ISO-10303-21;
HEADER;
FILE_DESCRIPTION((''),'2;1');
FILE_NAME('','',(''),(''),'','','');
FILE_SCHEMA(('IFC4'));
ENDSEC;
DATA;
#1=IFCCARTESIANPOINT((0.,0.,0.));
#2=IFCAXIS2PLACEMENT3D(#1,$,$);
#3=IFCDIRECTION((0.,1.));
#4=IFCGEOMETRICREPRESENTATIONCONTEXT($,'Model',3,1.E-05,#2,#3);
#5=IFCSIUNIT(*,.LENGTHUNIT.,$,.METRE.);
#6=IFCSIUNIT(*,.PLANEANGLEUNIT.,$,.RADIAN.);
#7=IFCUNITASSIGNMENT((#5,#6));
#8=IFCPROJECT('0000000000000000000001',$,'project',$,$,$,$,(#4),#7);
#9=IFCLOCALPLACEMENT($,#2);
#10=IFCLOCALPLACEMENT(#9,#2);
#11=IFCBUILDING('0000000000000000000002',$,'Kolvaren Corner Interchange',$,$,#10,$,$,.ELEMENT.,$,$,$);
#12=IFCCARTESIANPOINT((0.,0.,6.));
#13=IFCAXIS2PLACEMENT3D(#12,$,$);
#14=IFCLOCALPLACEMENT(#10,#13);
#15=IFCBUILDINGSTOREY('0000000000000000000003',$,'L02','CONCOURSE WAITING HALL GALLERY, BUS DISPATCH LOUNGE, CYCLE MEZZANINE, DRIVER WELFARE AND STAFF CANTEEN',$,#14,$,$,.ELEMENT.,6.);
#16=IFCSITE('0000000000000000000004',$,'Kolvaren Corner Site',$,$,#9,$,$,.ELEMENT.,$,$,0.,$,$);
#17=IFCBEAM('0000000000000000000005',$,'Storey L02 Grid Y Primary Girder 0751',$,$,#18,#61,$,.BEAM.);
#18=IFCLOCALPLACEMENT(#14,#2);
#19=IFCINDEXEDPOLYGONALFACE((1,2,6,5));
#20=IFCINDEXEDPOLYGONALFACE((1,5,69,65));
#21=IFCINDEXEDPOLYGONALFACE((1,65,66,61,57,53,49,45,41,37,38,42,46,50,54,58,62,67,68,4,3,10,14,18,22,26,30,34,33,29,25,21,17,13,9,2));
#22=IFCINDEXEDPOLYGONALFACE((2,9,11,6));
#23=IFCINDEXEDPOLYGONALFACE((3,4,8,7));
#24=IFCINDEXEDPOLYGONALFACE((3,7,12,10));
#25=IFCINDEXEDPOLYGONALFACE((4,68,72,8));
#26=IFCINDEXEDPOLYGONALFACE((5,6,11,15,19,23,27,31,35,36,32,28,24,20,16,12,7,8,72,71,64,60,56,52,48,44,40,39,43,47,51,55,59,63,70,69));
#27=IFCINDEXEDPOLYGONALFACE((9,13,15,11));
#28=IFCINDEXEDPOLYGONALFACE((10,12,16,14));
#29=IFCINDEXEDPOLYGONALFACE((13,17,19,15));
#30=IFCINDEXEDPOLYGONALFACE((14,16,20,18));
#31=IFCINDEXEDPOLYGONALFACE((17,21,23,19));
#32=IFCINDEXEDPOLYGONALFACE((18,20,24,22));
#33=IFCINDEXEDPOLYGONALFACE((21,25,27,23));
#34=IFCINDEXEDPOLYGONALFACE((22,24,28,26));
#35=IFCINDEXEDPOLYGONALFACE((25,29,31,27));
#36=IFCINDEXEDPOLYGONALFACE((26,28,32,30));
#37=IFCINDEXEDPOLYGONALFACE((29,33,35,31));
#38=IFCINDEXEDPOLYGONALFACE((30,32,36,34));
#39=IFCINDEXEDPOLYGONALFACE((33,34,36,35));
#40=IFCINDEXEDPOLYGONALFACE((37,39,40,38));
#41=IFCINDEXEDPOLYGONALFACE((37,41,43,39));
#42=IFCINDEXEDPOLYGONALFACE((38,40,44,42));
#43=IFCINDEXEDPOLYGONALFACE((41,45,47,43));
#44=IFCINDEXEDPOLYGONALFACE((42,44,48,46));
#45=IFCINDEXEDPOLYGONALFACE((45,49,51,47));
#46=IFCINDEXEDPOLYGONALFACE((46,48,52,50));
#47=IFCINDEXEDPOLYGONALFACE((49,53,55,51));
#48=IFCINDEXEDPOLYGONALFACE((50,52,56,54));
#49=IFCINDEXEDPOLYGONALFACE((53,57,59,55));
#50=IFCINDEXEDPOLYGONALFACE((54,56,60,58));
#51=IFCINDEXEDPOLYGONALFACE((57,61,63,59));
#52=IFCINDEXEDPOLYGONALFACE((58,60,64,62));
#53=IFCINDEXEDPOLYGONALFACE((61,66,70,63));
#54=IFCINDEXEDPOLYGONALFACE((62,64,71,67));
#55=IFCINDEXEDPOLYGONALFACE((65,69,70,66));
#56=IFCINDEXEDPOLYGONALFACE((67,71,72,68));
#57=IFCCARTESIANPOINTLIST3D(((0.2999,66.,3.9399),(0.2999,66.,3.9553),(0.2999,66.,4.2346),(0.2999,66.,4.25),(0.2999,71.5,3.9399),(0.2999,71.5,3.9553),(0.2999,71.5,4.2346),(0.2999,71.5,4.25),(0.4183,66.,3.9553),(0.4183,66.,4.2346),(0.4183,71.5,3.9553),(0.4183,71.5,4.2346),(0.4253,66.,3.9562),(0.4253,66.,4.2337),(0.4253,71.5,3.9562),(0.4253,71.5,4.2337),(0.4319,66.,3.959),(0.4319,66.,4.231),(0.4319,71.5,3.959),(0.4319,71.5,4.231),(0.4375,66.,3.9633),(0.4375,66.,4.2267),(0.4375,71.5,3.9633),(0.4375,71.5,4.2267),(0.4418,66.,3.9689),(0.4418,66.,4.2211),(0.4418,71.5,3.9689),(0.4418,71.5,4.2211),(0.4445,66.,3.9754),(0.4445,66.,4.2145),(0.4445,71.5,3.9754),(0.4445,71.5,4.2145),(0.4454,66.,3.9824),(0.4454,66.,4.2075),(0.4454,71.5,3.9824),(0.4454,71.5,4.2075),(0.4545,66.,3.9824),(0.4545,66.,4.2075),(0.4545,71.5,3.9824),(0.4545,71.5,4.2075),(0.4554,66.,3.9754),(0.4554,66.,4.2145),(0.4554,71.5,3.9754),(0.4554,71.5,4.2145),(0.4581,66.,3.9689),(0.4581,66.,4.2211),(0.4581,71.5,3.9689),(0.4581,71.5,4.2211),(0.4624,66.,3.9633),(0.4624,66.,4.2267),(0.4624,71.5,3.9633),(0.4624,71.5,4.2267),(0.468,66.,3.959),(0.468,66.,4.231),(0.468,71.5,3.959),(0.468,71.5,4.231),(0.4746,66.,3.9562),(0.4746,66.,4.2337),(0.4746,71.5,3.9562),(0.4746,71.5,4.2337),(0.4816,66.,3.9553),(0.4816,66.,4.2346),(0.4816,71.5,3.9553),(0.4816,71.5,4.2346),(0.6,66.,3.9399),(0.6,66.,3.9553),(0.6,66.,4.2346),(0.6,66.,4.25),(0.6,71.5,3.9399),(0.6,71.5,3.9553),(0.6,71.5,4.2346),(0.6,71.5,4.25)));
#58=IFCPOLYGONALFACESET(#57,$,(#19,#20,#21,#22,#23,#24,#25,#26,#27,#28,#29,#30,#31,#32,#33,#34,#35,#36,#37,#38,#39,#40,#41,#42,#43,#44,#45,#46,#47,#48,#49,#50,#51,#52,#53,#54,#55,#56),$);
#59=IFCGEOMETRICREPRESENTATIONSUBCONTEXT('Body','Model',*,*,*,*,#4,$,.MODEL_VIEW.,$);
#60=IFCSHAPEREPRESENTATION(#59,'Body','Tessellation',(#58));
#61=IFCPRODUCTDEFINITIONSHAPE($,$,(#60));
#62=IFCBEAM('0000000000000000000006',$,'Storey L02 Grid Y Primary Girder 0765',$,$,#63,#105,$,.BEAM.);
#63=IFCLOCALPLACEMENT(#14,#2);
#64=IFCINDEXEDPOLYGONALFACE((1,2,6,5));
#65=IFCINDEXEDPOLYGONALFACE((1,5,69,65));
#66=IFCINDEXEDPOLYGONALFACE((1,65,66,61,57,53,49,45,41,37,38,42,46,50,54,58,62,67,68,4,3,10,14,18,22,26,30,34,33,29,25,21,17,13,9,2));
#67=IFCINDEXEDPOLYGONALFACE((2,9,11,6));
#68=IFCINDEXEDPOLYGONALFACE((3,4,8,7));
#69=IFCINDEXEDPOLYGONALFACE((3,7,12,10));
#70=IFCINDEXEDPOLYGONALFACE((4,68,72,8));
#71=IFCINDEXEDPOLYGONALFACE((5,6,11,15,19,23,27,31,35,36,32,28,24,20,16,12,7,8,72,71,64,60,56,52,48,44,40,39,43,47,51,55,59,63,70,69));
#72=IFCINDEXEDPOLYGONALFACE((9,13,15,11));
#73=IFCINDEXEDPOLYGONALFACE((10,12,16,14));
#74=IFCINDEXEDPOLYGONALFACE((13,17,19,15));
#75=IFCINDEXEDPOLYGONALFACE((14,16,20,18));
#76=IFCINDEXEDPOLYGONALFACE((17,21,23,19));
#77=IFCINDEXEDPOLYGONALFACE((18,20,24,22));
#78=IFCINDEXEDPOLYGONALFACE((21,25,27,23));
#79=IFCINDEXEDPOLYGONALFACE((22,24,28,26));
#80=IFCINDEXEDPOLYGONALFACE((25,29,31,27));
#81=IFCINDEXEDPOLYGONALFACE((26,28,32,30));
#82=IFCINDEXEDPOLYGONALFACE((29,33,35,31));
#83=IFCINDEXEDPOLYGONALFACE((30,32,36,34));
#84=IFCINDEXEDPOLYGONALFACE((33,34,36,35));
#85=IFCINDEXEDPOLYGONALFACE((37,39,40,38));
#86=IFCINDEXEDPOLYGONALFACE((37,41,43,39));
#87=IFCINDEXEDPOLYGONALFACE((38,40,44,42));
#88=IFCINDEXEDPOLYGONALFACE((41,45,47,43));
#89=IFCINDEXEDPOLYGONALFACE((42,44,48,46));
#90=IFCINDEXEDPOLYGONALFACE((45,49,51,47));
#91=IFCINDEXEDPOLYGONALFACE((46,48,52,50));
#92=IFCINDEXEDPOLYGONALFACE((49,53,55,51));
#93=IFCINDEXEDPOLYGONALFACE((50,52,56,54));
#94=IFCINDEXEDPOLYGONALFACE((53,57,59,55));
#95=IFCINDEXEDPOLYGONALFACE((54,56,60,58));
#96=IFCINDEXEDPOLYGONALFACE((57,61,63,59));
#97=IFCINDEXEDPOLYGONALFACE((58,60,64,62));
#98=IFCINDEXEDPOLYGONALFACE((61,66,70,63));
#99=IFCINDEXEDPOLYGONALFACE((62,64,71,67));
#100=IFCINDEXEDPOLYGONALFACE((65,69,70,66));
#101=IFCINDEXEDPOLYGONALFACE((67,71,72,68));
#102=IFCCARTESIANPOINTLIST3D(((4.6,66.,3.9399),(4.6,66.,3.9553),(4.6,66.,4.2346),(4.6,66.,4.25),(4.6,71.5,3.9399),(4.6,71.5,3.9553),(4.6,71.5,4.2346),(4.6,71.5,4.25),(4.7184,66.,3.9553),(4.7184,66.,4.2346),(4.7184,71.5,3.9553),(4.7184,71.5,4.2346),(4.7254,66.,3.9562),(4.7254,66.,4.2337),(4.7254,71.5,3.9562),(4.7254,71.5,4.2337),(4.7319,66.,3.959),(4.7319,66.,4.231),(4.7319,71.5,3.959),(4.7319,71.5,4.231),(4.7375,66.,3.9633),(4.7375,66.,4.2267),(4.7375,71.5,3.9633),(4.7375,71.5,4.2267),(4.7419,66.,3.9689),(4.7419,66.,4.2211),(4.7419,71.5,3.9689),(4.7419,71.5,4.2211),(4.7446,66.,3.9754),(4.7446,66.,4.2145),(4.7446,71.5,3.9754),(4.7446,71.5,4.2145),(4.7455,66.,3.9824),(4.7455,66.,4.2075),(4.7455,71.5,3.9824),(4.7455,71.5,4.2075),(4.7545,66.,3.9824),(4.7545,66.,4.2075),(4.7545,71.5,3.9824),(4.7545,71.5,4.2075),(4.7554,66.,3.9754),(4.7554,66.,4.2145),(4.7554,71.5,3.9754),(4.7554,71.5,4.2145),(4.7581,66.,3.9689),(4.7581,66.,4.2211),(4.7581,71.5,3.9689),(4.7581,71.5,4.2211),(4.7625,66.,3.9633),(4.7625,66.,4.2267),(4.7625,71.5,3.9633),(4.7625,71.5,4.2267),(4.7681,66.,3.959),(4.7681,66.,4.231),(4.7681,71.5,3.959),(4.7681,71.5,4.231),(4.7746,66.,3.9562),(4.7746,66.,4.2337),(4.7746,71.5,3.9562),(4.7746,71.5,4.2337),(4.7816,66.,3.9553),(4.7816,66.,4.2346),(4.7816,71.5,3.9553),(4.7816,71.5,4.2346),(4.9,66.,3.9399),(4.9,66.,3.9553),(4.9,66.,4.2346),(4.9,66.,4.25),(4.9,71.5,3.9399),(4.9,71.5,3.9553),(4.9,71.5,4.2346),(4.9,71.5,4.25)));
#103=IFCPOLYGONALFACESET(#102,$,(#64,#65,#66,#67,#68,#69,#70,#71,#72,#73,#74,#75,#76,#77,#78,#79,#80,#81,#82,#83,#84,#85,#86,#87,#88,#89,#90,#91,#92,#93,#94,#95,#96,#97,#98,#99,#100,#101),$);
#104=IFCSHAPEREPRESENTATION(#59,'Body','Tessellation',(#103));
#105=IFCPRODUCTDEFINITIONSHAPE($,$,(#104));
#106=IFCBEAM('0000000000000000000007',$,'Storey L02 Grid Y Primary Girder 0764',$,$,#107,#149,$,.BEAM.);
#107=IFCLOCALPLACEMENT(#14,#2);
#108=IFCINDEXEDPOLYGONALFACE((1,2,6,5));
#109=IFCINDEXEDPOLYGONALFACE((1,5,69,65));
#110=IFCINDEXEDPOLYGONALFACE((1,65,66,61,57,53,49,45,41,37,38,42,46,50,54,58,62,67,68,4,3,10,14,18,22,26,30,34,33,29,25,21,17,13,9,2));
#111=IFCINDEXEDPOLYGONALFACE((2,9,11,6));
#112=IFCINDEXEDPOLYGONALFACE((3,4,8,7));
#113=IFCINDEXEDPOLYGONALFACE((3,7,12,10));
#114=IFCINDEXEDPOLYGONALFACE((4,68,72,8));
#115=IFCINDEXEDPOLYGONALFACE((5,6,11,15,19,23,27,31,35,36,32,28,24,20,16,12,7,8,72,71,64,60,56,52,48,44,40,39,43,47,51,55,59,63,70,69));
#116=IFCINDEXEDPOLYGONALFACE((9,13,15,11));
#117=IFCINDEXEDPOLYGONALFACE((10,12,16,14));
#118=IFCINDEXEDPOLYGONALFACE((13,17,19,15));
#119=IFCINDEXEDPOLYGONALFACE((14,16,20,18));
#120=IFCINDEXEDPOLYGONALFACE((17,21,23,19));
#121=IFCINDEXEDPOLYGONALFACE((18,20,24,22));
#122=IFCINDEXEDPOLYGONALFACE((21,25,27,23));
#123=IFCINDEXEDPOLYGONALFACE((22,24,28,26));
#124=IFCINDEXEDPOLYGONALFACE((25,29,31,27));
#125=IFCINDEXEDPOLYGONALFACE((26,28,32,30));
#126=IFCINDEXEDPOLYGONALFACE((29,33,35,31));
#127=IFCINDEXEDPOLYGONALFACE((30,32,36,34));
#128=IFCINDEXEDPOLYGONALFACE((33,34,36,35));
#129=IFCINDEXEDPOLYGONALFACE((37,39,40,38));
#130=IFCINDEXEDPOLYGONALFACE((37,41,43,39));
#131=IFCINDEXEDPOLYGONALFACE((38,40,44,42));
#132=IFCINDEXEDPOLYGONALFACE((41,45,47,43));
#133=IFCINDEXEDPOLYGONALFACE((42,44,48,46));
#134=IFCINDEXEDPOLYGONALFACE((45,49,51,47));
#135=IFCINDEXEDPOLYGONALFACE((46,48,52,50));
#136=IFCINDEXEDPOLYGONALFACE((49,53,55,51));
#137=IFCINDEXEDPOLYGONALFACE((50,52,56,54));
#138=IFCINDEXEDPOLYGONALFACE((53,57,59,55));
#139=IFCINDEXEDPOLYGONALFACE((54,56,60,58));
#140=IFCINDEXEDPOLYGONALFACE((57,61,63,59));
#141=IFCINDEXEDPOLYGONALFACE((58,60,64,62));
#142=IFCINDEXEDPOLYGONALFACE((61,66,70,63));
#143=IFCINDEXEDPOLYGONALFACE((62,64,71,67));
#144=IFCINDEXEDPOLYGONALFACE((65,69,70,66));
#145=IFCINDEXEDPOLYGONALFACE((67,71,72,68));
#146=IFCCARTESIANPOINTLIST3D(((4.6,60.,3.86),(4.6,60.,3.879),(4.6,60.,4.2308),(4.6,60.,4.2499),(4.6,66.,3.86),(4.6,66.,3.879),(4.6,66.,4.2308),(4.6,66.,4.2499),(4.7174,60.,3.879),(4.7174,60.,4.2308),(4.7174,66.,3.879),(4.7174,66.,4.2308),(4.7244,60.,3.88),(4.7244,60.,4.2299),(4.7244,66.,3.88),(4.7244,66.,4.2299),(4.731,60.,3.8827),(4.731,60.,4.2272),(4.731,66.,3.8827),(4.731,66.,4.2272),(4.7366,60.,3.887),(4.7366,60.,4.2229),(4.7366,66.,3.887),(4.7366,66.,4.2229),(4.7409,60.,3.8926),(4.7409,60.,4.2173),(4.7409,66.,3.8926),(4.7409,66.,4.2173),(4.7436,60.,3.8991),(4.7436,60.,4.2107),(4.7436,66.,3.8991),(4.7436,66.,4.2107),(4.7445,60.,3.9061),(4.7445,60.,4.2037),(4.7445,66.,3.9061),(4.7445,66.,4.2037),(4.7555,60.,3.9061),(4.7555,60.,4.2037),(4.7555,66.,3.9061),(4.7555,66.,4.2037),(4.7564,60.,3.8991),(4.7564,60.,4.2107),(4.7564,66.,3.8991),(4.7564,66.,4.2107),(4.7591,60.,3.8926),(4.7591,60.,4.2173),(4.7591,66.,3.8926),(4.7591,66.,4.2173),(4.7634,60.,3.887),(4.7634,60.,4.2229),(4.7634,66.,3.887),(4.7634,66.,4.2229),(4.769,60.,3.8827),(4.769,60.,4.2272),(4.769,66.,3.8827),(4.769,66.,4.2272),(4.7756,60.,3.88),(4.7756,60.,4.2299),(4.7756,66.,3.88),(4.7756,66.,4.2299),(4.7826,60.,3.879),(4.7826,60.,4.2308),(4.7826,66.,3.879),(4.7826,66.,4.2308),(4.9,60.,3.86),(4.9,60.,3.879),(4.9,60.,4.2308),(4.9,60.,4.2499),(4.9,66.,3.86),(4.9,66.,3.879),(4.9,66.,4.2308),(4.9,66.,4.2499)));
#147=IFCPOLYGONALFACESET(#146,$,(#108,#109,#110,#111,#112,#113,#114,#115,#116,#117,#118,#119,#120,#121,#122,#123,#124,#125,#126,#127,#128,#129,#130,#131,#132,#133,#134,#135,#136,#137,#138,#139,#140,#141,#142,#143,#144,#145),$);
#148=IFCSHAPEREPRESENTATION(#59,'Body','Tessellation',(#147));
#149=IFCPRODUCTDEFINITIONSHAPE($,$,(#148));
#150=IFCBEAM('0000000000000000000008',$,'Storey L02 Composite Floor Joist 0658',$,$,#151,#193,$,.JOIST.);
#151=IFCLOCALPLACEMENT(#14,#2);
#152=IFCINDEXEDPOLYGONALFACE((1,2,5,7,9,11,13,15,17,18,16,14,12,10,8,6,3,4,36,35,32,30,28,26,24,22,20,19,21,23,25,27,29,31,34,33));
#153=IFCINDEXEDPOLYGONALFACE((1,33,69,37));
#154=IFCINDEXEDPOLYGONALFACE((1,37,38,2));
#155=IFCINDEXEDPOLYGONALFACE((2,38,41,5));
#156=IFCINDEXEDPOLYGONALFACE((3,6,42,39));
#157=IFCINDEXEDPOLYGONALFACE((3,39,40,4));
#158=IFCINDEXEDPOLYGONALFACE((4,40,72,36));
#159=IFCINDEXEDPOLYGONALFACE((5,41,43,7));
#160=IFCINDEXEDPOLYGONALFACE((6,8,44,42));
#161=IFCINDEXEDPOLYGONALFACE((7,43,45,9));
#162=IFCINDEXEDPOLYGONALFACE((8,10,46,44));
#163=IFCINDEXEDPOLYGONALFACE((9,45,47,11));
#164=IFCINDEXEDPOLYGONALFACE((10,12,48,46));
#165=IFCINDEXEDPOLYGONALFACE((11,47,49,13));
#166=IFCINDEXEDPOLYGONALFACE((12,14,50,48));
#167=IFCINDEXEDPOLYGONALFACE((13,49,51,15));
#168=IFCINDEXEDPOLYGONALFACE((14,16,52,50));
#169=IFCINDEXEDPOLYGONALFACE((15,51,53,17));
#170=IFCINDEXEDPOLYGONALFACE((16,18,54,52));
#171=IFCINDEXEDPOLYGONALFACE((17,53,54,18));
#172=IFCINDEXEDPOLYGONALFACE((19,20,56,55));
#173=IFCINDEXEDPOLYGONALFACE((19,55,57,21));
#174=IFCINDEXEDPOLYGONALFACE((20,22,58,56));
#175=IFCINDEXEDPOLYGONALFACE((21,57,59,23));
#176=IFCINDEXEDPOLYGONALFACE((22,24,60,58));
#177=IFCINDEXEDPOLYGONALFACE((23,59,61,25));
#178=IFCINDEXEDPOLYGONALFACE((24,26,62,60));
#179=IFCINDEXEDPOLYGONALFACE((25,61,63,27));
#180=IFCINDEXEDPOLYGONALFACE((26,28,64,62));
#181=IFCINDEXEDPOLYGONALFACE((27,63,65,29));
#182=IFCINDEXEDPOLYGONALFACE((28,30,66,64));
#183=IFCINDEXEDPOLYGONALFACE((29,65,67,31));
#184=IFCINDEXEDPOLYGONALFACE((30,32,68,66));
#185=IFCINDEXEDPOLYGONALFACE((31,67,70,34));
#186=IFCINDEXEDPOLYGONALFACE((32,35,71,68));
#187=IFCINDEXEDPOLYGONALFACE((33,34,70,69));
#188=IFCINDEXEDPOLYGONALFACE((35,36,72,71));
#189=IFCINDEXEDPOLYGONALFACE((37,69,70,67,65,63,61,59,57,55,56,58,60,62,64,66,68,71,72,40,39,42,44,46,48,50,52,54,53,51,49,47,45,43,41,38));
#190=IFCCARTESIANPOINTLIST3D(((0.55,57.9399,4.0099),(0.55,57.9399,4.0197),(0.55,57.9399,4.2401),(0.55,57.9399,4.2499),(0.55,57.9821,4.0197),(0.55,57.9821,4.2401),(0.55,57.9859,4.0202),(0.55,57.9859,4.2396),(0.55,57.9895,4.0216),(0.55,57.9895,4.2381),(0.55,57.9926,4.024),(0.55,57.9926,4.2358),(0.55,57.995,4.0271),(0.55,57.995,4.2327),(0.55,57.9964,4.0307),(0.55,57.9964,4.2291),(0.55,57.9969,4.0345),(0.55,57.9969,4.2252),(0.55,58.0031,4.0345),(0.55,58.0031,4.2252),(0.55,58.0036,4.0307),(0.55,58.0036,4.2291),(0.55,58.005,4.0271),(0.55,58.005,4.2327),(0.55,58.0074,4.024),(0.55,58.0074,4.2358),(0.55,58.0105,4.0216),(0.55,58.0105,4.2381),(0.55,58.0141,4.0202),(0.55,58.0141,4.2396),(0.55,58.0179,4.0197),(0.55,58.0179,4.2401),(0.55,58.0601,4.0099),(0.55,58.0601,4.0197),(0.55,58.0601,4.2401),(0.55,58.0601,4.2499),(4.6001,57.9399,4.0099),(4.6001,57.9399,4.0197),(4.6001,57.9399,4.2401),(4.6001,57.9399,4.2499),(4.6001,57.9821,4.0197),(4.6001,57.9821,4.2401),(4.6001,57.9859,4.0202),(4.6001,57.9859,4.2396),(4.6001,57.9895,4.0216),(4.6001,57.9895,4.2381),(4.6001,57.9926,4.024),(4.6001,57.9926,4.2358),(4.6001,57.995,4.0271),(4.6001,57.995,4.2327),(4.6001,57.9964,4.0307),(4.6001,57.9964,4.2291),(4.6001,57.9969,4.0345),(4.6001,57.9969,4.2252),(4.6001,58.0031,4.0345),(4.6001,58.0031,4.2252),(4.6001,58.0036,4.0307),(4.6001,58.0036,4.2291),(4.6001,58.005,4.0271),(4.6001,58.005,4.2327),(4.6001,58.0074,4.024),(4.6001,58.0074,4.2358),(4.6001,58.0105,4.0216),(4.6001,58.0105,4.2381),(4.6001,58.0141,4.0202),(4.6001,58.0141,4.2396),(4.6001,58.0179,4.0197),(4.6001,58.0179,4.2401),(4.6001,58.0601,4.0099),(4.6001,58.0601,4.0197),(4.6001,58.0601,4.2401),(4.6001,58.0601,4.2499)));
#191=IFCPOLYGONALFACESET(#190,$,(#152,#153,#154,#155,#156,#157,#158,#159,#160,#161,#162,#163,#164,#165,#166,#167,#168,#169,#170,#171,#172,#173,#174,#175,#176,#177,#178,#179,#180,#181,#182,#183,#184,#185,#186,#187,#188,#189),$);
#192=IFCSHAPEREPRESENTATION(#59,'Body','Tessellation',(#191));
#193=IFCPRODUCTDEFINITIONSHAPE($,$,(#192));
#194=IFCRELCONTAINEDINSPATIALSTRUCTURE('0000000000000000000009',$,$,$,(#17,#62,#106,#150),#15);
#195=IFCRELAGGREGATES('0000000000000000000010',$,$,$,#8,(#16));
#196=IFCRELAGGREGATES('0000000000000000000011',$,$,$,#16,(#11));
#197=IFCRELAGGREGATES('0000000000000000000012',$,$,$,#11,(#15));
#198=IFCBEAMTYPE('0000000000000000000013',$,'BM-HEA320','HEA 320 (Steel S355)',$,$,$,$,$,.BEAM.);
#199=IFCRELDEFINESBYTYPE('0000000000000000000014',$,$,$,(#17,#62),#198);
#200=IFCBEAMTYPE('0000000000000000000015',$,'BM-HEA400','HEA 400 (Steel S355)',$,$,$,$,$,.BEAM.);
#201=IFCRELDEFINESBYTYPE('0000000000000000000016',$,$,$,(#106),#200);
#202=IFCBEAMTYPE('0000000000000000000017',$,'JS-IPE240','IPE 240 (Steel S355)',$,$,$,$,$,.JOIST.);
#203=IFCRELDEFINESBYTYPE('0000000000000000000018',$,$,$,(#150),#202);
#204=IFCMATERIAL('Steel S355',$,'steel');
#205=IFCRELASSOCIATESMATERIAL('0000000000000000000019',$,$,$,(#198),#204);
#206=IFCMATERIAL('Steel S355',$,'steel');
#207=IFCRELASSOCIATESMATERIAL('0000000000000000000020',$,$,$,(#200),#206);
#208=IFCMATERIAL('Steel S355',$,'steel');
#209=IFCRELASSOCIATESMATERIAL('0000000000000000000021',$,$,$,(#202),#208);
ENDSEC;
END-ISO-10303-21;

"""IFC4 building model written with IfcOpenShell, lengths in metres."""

from ifc_helpers import new_model, si_unit, direction, frame, origin, origin_2d, place, context, subcontext, project, spatial, i_section, extrude, material, material_profile, profile_set, type_object, element, save


model = new_model("IFC4")

# Units and contexts
model_context = context("Model", 3, precision=1e-05, world=origin(), true_north=direction((0.0, 1.0)))
body_context = subcontext(model_context, "Body", "Model", "MODEL_VIEW")
ifc_project = project(units=[si_unit("LENGTHUNIT", "METRE"), si_unit("PLANEANGLEUNIT", "RADIAN")], contexts=[model_context])

# Site, building, storey
site_placement = place(None, origin())
site = spatial("IfcSite", under=ifc_project, at=site_placement, Name="Kolvaren Corner Site", CompositionType="ELEMENT", RefElevation=0.0)
building_placement = place(site_placement, origin())
building = spatial("IfcBuilding", under=site, at=building_placement, Name="Kolvaren Corner Interchange", CompositionType="ELEMENT")
storey_placement = place(building_placement, frame((0.0, 0.0, 6.0)))
storey = spatial("IfcBuildingStorey", under=building, at=storey_placement, Name="L02", Description="CONCOURSE WAITING HALL GALLERY, BUS DISPATCH LOUNGE, CYCLE MEZZANINE, DRIVER WELFARE AND STAFF CANTEEN", CompositionType="ELEMENT", Elevation=6.0)

# Beams
ifc_material_1 = material(Name="Steel S355", Category="steel")
ifc_material_profile_1 = material_profile(ifc_material_1, i_section(OverallWidth=0.3, OverallDepth=0.3101, WebThickness=0.009, FlangeThickness=0.0154, FilletRadius=0.0271, at=origin_2d()), Name="HEA 320")
ifc_profile_set_1 = profile_set([ifc_material_profile_1], Name="Steel S355")
beam_type_1 = type_object("IfcBeamType", Name="BM-HEA320", Description="HEA 320 (Steel S355)", PredefinedType="BEAM", material=ifc_profile_set_1)
for number, where, z_axis, x_axis, name in (
    (1, (0.45, 66.0, 4.095), (0.0, 1.0, 0.0), (-1.0, 0.0, 0.0), "Storey L02 Grid Y Primary Girder 0751"),
    (2, (4.75, 66.0, 4.095), (0.0, 1.0, 0.0), (-1.0, 0.0, 0.0), "Storey L02 Grid Y Primary Girder 0765"),
):
    element("IfcBeam", number, at=place(storey_placement, frame(where, z_axis=z_axis, x_axis=x_axis)), inside=storey, type_object=beam_type_1, Name=name, PredefinedType="BEAM", context=body_context, shape_type="SweptSolid", body=[
        extrude(i_section(OverallWidth=0.3, OverallDepth=0.3101, WebThickness=0.009, FlangeThickness=0.0154, FilletRadius=0.0271, at=origin_2d()), origin(), (0.0, 0.0, 1.0), 5.5),
    ])
ifc_material_2 = material(Name="Steel S355", Category="steel")
ifc_material_profile_2 = material_profile(ifc_material_2, i_section(OverallWidth=0.3, OverallDepth=0.3899, WebThickness=0.011, FlangeThickness=0.019, FilletRadius=0.0271, at=origin_2d()), Name="HEA 400")
ifc_profile_set_2 = profile_set([ifc_material_profile_2], Name="Steel S355")
beam_type_2 = type_object("IfcBeamType", Name="BM-HEA400", Description="HEA 400 (Steel S355)", PredefinedType="BEAM", material=ifc_profile_set_2)
beam_placement = place(storey_placement, frame((4.75, 60.0, 4.0549), z_axis=(0.0, 1.0, 0.0), x_axis=(-1.0, 0.0, 0.0)))
element("IfcBeam", 3, at=beam_placement, inside=storey, type_object=beam_type_2, Name="Storey L02 Grid Y Primary Girder 0764", PredefinedType="BEAM", context=body_context, shape_type="SweptSolid", body=[
    extrude(i_section(OverallWidth=0.3, OverallDepth=0.3899, WebThickness=0.011, FlangeThickness=0.019, FilletRadius=0.0271, at=origin_2d()), origin(), (0.0, 0.0, 1.0), 6.0),
])
ifc_material_3 = material(Name="Steel S355", Category="steel")
ifc_material_profile_3 = material_profile(ifc_material_3, i_section(OverallWidth=0.1201, OverallDepth=0.24, WebThickness=0.0061, FlangeThickness=0.0098, FilletRadius=0.0149, at=origin_2d()), Name="IPE 240")
ifc_profile_set_3 = profile_set([ifc_material_profile_3], Name="Steel S355")
beam_type_3 = type_object("IfcBeamType", Name="JS-IPE240", Description="IPE 240 (Steel S355)", PredefinedType="JOIST", material=ifc_profile_set_3)
for number, where, z_axis, x_axis, name in (
    (4, (0.55, 58.0, 4.1299), (1.0, 0.0, 0.0), (0.0, 1.0, 0.0), "Storey L02 Composite Floor Joist 0658"),
):
    element("IfcBeam", number, at=place(storey_placement, frame(where, z_axis=z_axis, x_axis=x_axis)), inside=storey, type_object=beam_type_3, Name=name, PredefinedType="JOIST", context=body_context, shape_type="SweptSolid", body=[
        extrude(i_section(OverallWidth=0.1201, OverallDepth=0.24, WebThickness=0.0061, FlangeThickness=0.0098, FilletRadius=0.0149, at=origin_2d()), origin(), (0.0, 0.0, 1.0), 4.05),
    ])

save(model, "model.ifc")
